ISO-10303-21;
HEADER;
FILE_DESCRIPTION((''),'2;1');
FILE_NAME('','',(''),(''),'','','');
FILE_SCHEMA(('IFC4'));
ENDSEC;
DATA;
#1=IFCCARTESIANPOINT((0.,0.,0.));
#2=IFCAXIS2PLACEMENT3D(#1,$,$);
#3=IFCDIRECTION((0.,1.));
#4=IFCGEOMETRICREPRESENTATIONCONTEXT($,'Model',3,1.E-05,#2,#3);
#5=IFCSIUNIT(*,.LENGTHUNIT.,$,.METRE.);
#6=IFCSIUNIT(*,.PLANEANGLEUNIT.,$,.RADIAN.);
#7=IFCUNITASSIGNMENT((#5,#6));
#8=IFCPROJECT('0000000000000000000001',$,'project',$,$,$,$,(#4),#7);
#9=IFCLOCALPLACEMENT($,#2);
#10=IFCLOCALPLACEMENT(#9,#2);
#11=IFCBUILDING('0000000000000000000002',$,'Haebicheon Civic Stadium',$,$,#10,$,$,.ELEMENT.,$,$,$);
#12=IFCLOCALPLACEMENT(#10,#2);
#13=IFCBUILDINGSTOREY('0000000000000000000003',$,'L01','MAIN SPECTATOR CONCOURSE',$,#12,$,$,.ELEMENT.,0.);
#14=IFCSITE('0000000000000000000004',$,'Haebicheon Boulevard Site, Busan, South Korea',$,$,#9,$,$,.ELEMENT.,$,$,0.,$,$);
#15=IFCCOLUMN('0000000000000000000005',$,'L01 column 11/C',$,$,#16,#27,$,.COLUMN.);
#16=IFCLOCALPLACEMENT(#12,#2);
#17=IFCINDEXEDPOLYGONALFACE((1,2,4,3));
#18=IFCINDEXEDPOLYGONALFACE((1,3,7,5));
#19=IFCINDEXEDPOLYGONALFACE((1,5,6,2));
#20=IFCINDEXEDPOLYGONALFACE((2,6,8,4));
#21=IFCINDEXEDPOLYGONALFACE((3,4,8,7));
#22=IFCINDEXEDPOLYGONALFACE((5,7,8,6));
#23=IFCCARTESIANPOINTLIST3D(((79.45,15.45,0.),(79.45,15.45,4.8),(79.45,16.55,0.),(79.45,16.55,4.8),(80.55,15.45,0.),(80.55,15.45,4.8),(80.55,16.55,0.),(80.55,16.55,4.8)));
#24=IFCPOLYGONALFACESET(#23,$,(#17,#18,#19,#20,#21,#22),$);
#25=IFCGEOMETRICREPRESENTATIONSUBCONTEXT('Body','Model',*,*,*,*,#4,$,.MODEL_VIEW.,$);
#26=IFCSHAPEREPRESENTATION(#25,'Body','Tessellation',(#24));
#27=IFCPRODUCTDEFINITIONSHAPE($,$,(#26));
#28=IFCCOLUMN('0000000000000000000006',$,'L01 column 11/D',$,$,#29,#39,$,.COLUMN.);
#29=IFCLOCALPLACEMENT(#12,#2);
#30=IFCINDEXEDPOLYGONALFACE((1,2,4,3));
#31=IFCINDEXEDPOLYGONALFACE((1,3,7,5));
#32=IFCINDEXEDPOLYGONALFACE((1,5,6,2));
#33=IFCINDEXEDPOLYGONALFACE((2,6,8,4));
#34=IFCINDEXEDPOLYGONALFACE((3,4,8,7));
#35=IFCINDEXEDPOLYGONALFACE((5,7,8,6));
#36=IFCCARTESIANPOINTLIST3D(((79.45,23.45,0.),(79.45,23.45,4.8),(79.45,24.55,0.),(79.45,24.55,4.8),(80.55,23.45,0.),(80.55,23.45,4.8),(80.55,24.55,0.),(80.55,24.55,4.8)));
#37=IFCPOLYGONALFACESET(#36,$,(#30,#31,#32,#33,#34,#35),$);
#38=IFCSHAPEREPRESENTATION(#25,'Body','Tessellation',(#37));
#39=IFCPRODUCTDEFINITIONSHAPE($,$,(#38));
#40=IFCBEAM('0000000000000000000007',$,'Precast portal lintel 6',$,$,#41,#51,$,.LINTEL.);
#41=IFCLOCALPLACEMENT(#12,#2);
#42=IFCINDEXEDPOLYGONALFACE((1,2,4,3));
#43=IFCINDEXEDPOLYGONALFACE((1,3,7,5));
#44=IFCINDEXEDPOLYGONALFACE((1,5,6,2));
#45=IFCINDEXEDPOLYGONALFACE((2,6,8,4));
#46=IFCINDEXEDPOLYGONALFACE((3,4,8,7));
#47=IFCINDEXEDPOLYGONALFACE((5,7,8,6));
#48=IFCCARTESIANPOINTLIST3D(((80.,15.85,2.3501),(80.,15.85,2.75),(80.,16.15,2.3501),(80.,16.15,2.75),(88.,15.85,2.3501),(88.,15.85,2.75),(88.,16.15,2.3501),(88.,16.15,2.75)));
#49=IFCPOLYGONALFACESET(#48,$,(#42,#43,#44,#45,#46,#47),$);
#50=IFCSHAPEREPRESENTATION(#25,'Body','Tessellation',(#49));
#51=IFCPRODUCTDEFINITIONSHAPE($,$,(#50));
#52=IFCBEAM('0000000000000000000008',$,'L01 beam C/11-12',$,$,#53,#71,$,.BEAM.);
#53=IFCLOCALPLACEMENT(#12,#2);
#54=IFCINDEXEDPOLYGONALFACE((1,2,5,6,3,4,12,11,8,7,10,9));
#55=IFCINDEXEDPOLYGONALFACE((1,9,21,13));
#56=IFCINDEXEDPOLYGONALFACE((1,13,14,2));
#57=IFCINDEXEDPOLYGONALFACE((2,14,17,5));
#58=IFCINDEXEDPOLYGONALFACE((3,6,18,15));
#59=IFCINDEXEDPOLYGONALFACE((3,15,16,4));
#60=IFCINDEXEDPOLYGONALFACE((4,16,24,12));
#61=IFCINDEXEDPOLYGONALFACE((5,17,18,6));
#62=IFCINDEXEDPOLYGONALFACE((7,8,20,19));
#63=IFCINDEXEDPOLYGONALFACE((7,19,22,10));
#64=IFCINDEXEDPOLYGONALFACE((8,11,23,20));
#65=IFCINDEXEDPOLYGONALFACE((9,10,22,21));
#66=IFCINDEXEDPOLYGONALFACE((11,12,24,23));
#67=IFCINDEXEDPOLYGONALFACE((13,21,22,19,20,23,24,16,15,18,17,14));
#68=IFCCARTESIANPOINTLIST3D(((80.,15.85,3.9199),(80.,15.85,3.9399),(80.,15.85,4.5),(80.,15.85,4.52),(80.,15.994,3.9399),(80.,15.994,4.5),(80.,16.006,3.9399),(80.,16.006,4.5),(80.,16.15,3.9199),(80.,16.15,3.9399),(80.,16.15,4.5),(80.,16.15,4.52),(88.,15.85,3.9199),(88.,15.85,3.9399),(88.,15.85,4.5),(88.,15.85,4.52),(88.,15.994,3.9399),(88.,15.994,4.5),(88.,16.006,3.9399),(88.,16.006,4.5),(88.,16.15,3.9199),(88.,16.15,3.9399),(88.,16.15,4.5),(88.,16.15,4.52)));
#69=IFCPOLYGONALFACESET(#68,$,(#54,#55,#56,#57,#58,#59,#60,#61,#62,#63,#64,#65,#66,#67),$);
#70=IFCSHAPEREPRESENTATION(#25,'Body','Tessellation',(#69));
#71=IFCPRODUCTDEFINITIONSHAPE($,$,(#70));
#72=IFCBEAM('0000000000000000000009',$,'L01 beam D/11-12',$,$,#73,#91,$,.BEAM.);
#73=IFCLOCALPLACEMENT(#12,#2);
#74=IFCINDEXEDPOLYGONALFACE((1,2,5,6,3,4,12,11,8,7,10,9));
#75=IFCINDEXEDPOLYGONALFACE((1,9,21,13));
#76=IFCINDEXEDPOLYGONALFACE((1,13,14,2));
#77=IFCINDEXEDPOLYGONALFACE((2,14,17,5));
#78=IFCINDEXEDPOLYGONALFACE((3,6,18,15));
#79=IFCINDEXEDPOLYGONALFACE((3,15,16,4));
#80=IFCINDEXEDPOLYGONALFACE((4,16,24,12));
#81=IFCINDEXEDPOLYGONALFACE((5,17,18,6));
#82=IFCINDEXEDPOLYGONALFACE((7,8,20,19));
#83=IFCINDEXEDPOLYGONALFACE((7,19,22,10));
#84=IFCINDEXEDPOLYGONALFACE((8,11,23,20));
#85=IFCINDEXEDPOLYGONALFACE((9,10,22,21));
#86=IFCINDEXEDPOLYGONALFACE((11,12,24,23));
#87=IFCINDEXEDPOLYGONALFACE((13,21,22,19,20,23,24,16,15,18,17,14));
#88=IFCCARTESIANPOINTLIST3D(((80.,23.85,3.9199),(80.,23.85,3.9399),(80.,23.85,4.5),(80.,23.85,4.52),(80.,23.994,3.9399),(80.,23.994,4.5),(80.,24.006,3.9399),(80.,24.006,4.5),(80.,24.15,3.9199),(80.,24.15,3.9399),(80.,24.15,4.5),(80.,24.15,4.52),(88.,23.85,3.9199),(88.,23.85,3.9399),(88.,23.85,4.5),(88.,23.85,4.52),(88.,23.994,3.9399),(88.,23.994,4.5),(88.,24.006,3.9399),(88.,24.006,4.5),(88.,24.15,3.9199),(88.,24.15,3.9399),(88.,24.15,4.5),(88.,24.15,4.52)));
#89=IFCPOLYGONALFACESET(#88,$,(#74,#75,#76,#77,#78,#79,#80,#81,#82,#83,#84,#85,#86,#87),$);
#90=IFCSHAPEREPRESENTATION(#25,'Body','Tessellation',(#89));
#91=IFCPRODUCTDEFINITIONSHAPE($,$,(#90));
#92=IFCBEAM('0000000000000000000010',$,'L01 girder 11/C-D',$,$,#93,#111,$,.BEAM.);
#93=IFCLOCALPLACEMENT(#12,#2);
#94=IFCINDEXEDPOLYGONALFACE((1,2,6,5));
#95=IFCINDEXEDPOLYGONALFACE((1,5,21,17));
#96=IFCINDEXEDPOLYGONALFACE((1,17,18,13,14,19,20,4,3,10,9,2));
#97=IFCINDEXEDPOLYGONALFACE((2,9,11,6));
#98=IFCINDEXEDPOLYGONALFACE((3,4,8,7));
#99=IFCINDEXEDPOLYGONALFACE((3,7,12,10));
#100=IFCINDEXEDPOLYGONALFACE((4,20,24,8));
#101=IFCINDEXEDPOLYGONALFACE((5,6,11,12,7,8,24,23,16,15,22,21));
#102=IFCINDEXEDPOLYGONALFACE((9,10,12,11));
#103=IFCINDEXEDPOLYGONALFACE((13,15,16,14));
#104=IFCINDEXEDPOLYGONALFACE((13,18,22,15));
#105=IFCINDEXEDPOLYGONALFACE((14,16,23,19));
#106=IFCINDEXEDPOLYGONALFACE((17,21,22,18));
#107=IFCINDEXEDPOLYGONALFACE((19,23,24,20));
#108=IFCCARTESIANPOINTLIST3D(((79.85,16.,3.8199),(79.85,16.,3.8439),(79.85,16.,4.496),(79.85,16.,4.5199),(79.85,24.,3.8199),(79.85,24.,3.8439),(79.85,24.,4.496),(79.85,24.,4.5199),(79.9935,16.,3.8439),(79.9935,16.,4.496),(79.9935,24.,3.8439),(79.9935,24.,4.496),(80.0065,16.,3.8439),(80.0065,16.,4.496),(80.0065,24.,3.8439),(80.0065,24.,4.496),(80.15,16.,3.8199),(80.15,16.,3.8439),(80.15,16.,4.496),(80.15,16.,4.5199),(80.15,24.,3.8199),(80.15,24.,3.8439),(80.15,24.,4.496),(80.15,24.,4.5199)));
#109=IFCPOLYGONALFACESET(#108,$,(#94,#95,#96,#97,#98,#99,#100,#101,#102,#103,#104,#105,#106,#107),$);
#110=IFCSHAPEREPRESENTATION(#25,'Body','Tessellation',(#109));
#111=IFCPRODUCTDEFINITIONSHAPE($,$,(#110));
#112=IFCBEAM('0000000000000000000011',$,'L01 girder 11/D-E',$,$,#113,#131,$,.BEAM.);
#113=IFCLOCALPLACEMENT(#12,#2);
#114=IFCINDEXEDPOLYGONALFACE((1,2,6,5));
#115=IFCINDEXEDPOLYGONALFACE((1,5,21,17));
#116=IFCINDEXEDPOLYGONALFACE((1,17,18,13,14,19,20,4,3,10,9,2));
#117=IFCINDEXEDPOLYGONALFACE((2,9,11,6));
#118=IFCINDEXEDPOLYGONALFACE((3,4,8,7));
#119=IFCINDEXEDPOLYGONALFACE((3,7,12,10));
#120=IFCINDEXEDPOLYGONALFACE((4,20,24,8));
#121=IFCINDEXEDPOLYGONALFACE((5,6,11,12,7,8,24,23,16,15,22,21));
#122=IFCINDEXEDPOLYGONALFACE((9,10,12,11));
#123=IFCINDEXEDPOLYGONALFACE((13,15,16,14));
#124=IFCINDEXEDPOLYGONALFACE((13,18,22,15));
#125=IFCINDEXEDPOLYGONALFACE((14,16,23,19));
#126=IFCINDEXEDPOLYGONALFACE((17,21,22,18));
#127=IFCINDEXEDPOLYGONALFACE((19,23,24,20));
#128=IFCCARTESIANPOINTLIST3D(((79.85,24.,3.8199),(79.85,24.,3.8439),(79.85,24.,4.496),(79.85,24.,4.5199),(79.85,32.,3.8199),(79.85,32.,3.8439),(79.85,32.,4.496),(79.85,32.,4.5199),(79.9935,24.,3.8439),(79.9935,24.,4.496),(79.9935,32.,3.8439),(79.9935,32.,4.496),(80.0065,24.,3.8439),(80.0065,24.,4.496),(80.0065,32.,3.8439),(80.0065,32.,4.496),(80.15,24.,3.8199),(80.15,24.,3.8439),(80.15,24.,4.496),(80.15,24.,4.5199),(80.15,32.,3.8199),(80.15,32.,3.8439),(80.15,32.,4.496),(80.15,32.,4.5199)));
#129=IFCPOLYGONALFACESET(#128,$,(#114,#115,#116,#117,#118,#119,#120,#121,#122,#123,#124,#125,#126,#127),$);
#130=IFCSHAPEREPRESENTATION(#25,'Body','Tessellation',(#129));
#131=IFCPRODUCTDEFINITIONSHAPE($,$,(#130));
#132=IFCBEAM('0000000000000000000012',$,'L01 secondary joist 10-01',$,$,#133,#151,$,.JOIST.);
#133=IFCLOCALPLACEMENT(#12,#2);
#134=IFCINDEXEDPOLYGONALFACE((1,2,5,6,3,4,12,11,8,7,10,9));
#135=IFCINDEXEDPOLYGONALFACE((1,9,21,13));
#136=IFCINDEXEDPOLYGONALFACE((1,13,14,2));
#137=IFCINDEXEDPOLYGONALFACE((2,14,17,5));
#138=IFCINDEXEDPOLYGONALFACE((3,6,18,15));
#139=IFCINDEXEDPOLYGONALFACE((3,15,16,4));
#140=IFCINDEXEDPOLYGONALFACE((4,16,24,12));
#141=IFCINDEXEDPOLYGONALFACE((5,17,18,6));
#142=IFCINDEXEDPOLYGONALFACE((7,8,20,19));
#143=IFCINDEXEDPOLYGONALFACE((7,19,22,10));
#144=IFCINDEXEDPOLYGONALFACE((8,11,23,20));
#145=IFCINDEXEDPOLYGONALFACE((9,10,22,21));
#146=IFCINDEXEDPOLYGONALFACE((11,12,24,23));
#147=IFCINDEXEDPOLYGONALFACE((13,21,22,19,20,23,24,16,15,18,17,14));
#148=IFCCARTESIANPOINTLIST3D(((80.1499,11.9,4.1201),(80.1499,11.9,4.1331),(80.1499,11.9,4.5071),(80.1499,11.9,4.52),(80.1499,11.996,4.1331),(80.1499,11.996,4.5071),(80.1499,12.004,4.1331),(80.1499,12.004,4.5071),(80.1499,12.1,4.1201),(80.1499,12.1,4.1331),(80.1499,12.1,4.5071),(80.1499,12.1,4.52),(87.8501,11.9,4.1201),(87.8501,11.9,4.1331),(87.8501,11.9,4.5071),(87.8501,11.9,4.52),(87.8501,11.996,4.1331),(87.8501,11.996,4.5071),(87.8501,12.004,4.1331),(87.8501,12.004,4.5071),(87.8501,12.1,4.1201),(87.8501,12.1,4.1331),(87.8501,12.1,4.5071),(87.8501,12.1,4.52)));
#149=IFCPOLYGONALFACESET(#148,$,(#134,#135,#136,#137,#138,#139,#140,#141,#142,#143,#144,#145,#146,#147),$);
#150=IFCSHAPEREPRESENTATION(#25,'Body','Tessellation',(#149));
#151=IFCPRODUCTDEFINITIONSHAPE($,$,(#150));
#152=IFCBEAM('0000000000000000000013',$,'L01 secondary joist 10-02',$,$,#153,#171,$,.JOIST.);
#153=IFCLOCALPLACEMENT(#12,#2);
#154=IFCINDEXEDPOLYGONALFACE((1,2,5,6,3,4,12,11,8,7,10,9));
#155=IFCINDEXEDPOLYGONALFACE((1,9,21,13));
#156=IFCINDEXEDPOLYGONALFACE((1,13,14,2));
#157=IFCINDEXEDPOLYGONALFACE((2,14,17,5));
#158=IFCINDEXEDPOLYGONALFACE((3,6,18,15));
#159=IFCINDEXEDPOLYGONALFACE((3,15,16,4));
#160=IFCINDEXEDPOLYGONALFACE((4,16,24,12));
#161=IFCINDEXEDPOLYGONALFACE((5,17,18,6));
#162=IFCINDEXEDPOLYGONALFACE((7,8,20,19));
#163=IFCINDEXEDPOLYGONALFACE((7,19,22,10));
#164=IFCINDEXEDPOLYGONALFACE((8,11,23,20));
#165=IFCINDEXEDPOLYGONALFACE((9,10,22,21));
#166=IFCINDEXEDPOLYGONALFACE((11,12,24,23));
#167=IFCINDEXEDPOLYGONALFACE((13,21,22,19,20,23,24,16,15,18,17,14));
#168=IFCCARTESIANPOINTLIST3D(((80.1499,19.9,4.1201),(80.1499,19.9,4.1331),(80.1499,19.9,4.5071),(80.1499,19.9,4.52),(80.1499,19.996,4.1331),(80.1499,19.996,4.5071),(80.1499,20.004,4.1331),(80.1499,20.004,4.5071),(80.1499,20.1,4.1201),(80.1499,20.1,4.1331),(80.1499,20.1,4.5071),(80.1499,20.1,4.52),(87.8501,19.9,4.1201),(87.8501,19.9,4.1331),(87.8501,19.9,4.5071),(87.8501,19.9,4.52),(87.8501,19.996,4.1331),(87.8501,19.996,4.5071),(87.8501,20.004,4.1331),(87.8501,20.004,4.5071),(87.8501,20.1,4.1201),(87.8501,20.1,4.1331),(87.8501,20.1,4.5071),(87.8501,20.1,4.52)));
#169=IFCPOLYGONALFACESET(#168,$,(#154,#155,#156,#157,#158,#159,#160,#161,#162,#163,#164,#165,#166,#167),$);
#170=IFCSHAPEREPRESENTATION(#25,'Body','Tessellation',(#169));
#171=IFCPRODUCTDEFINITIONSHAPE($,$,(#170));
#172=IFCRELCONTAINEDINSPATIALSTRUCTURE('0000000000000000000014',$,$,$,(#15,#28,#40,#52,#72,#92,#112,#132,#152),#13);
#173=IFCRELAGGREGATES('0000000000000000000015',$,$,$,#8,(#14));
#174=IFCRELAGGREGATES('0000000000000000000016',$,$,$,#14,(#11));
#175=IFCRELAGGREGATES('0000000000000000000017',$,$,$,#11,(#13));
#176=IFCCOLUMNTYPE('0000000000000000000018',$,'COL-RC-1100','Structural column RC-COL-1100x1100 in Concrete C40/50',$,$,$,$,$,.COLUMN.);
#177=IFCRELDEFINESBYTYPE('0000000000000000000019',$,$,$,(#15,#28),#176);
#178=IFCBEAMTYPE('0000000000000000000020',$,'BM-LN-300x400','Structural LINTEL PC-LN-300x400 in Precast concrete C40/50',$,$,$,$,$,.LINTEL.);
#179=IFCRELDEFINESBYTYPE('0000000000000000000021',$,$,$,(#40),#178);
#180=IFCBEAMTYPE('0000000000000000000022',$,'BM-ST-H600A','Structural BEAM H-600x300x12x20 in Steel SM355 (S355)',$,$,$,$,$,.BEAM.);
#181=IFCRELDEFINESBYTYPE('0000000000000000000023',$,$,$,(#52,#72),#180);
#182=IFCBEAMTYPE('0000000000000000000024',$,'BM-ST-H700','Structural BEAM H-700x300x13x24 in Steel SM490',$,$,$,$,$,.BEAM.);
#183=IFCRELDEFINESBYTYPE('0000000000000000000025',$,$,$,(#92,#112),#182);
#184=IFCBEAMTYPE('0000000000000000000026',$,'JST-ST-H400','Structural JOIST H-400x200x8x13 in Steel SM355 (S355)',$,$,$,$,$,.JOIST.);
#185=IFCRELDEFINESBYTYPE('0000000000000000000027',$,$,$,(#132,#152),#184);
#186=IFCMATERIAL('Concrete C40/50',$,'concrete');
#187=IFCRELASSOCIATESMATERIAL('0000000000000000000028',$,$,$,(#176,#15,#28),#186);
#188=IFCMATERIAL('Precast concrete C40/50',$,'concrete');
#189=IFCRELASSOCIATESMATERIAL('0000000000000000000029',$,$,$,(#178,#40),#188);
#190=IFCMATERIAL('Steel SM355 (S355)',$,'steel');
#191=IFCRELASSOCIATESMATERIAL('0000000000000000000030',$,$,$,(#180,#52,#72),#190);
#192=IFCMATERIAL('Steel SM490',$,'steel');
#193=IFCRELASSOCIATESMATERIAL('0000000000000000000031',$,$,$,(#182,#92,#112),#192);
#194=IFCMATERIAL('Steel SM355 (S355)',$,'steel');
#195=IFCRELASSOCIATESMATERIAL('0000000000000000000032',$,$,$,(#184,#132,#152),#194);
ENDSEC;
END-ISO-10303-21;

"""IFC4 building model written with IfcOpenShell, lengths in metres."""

from ifc_helpers import new_model, si_unit, direction, frame, origin, origin_2d, place, context, subcontext, project, spatial, rectangle, i_section, extrude, material, material_profile, profile_set, type_object, element, save


model = new_model("IFC4")

# Units and contexts
model_context = context("Model", 3, precision=1e-05, world=origin(), true_north=direction((0.0, 1.0)))
body_context = subcontext(model_context, "Body", "Model", "MODEL_VIEW")
ifc_project = project(units=[si_unit("LENGTHUNIT", "METRE"), si_unit("PLANEANGLEUNIT", "RADIAN")], contexts=[model_context])

# Site, building, storey
site_placement = place(None, origin())
site = spatial("IfcSite", under=ifc_project, at=site_placement, Name="Haebicheon Boulevard Site, Busan, South Korea", CompositionType="ELEMENT", RefElevation=0.0)
building_placement = place(site_placement, origin())
building = spatial("IfcBuilding", under=site, at=building_placement, Name="Haebicheon Civic Stadium", CompositionType="ELEMENT")
storey_placement = place(building_placement, origin())
storey = spatial("IfcBuildingStorey", under=building, at=storey_placement, Name="L01", Description="MAIN SPECTATOR CONCOURSE", CompositionType="ELEMENT", Elevation=0.0)

# Columns
ifc_material_1 = material(Name="Concrete C40/50", Category="concrete")
ifc_material_profile_1 = material_profile(ifc_material_1, rectangle(XDim=1.1001, YDim=1.1001, at=origin_2d()), Name="RC-COL-1100x1100")
ifc_profile_set_1 = profile_set([ifc_material_profile_1], Name="Concrete C40/50")
column_type = type_object("IfcColumnType", Name="COL-RC-1100", Description="Structural column RC-COL-1100x1100 in Concrete C40/50", PredefinedType="COLUMN", material=ifc_profile_set_1)
for number, where, z_axis, x_axis, name in (
    (1, (80.0, 16.0, 0.0), (0.0, 0.0, 1.0), (1.0, 0.0, 0.0), "L01 column 11/C"),
    (2, (80.0, 24.0, 0.0), (0.0, 0.0, 1.0), (1.0, 0.0, 0.0), "L01 column 11/D"),
):
    element("IfcColumn", number, at=place(storey_placement, frame(where, z_axis=z_axis, x_axis=x_axis)), inside=storey, type_object=column_type, material=ifc_profile_set_1, Name=name, PredefinedType="COLUMN", context=body_context, shape_type="SweptSolid", body=[
        extrude(rectangle(XDim=1.1001, YDim=1.1001, at=origin_2d()), origin(), (0.0, 0.0, 1.0), 4.8),
    ])

# Beams
ifc_material_2 = material(Name="Precast concrete C40/50", Category="concrete")
ifc_material_profile_2 = material_profile(ifc_material_2, rectangle(XDim=0.3, YDim=0.3999, at=origin_2d()), Name="PC-LN-300x400")
ifc_profile_set_2 = profile_set([ifc_material_profile_2], Name="Precast concrete C40/50")
beam_type_1 = type_object("IfcBeamType", Name="BM-LN-300x400", Description="Structural LINTEL PC-LN-300x400 in Precast concrete C40/50", PredefinedType="LINTEL", material=ifc_profile_set_2)
beam_placement = place(storey_placement, frame((80.0, 16.0, 2.55), z_axis=(1.0, 0.0, 0.0), x_axis=(0.0, 1.0, 0.0)))
element("IfcBeam", 3, at=beam_placement, inside=storey, type_object=beam_type_1, material=ifc_profile_set_2, Name="Precast portal lintel 6", PredefinedType="LINTEL", context=body_context, shape_type="SweptSolid", body=[
    extrude(rectangle(XDim=0.3, YDim=0.3999, at=origin_2d()), origin(), (0.0, 0.0, 1.0), 8.0),
])
ifc_material_3 = material(Name="Steel SM355 (S355)", Category="steel")
ifc_material_profile_3 = material_profile(ifc_material_3, i_section(OverallWidth=0.3, OverallDepth=0.6001, WebThickness=0.012, FlangeThickness=0.02, at=origin_2d()), Name="H-600x300x12x20")
ifc_profile_set_3 = profile_set([ifc_material_profile_3], Name="Steel SM355 (S355)")
beam_type_2 = type_object("IfcBeamType", Name="BM-ST-H600A", Description="Structural BEAM H-600x300x12x20 in Steel SM355 (S355)", PredefinedType="BEAM", material=ifc_profile_set_3)
for number, where, z_axis, x_axis, name in (
    (4, (80.0, 16.0, 4.22), (1.0, 0.0, 0.0), (0.0, 1.0, 0.0), "L01 beam C/11-12"),
    (5, (80.0, 24.0, 4.22), (1.0, 0.0, 0.0), (0.0, 1.0, 0.0), "L01 beam D/11-12"),
):
    element("IfcBeam", number, at=place(storey_placement, frame(where, z_axis=z_axis, x_axis=x_axis)), inside=storey, type_object=beam_type_2, material=ifc_profile_set_3, Name=name, PredefinedType="BEAM", context=body_context, shape_type="SweptSolid", body=[
        extrude(i_section(OverallWidth=0.3, OverallDepth=0.6001, WebThickness=0.012, FlangeThickness=0.02, at=origin_2d()), origin(), (0.0, 0.0, 1.0), 8.0),
    ])
ifc_material_4 = material(Name="Steel SM490", Category="steel")
ifc_material_profile_4 = material_profile(ifc_material_4, i_section(OverallWidth=0.3, OverallDepth=0.7, WebThickness=0.0129, FlangeThickness=0.0239, at=origin_2d()), Name="H-700x300x13x24")
ifc_profile_set_4 = profile_set([ifc_material_profile_4], Name="Steel SM490")
beam_type_3 = type_object("IfcBeamType", Name="BM-ST-H700", Description="Structural BEAM H-700x300x13x24 in Steel SM490", PredefinedType="BEAM", material=ifc_profile_set_4)
for number, where, z_axis, x_axis, name in (
    (6, (80.0, 16.0, 4.1699), (0.0, 1.0, 0.0), (-1.0, 0.0, 0.0), "L01 girder 11/C-D"),
    (7, (80.0, 24.0, 4.1699), (0.0, 1.0, 0.0), (-1.0, 0.0, 0.0), "L01 girder 11/D-E"),
):
    element("IfcBeam", number, at=place(storey_placement, frame(where, z_axis=z_axis, x_axis=x_axis)), inside=storey, type_object=beam_type_3, material=ifc_profile_set_4, Name=name, PredefinedType="BEAM", context=body_context, shape_type="SweptSolid", body=[
        extrude(i_section(OverallWidth=0.3, OverallDepth=0.7, WebThickness=0.0129, FlangeThickness=0.0239, at=origin_2d()), origin(), (0.0, 0.0, 1.0), 8.0),
    ])
ifc_material_5 = material(Name="Steel SM355 (S355)", Category="steel")
ifc_material_profile_5 = material_profile(ifc_material_5, i_section(OverallWidth=0.2, OverallDepth=0.3999, WebThickness=0.0081, FlangeThickness=0.0129, at=origin_2d()), Name="H-400x200x8x13")
ifc_profile_set_5 = profile_set([ifc_material_profile_5], Name="Steel SM355 (S355)")
beam_type_4 = type_object("IfcBeamType", Name="JST-ST-H400", Description="Structural JOIST H-400x200x8x13 in Steel SM355 (S355)", PredefinedType="JOIST", material=ifc_profile_set_5)
for number, where, z_axis, x_axis, name in (
    (8, (80.1499, 12.0, 4.3201), (1.0, 0.0, 0.0), (0.0, 1.0, 0.0), "L01 secondary joist 10-01"),
    (9, (80.1499, 20.0, 4.3201), (1.0, 0.0, 0.0), (0.0, 1.0, 0.0), "L01 secondary joist 10-02"),
):
    element("IfcBeam", number, at=place(storey_placement, frame(where, z_axis=z_axis, x_axis=x_axis)), inside=storey, type_object=beam_type_4, material=ifc_profile_set_5, Name=name, PredefinedType="JOIST", context=body_context, shape_type="SweptSolid", body=[
        extrude(i_section(OverallWidth=0.2, OverallDepth=0.3999, WebThickness=0.0081, FlangeThickness=0.0129, at=origin_2d()), origin(), (0.0, 0.0, 1.0), 7.7002),
    ])

save(model, "model.ifc")
